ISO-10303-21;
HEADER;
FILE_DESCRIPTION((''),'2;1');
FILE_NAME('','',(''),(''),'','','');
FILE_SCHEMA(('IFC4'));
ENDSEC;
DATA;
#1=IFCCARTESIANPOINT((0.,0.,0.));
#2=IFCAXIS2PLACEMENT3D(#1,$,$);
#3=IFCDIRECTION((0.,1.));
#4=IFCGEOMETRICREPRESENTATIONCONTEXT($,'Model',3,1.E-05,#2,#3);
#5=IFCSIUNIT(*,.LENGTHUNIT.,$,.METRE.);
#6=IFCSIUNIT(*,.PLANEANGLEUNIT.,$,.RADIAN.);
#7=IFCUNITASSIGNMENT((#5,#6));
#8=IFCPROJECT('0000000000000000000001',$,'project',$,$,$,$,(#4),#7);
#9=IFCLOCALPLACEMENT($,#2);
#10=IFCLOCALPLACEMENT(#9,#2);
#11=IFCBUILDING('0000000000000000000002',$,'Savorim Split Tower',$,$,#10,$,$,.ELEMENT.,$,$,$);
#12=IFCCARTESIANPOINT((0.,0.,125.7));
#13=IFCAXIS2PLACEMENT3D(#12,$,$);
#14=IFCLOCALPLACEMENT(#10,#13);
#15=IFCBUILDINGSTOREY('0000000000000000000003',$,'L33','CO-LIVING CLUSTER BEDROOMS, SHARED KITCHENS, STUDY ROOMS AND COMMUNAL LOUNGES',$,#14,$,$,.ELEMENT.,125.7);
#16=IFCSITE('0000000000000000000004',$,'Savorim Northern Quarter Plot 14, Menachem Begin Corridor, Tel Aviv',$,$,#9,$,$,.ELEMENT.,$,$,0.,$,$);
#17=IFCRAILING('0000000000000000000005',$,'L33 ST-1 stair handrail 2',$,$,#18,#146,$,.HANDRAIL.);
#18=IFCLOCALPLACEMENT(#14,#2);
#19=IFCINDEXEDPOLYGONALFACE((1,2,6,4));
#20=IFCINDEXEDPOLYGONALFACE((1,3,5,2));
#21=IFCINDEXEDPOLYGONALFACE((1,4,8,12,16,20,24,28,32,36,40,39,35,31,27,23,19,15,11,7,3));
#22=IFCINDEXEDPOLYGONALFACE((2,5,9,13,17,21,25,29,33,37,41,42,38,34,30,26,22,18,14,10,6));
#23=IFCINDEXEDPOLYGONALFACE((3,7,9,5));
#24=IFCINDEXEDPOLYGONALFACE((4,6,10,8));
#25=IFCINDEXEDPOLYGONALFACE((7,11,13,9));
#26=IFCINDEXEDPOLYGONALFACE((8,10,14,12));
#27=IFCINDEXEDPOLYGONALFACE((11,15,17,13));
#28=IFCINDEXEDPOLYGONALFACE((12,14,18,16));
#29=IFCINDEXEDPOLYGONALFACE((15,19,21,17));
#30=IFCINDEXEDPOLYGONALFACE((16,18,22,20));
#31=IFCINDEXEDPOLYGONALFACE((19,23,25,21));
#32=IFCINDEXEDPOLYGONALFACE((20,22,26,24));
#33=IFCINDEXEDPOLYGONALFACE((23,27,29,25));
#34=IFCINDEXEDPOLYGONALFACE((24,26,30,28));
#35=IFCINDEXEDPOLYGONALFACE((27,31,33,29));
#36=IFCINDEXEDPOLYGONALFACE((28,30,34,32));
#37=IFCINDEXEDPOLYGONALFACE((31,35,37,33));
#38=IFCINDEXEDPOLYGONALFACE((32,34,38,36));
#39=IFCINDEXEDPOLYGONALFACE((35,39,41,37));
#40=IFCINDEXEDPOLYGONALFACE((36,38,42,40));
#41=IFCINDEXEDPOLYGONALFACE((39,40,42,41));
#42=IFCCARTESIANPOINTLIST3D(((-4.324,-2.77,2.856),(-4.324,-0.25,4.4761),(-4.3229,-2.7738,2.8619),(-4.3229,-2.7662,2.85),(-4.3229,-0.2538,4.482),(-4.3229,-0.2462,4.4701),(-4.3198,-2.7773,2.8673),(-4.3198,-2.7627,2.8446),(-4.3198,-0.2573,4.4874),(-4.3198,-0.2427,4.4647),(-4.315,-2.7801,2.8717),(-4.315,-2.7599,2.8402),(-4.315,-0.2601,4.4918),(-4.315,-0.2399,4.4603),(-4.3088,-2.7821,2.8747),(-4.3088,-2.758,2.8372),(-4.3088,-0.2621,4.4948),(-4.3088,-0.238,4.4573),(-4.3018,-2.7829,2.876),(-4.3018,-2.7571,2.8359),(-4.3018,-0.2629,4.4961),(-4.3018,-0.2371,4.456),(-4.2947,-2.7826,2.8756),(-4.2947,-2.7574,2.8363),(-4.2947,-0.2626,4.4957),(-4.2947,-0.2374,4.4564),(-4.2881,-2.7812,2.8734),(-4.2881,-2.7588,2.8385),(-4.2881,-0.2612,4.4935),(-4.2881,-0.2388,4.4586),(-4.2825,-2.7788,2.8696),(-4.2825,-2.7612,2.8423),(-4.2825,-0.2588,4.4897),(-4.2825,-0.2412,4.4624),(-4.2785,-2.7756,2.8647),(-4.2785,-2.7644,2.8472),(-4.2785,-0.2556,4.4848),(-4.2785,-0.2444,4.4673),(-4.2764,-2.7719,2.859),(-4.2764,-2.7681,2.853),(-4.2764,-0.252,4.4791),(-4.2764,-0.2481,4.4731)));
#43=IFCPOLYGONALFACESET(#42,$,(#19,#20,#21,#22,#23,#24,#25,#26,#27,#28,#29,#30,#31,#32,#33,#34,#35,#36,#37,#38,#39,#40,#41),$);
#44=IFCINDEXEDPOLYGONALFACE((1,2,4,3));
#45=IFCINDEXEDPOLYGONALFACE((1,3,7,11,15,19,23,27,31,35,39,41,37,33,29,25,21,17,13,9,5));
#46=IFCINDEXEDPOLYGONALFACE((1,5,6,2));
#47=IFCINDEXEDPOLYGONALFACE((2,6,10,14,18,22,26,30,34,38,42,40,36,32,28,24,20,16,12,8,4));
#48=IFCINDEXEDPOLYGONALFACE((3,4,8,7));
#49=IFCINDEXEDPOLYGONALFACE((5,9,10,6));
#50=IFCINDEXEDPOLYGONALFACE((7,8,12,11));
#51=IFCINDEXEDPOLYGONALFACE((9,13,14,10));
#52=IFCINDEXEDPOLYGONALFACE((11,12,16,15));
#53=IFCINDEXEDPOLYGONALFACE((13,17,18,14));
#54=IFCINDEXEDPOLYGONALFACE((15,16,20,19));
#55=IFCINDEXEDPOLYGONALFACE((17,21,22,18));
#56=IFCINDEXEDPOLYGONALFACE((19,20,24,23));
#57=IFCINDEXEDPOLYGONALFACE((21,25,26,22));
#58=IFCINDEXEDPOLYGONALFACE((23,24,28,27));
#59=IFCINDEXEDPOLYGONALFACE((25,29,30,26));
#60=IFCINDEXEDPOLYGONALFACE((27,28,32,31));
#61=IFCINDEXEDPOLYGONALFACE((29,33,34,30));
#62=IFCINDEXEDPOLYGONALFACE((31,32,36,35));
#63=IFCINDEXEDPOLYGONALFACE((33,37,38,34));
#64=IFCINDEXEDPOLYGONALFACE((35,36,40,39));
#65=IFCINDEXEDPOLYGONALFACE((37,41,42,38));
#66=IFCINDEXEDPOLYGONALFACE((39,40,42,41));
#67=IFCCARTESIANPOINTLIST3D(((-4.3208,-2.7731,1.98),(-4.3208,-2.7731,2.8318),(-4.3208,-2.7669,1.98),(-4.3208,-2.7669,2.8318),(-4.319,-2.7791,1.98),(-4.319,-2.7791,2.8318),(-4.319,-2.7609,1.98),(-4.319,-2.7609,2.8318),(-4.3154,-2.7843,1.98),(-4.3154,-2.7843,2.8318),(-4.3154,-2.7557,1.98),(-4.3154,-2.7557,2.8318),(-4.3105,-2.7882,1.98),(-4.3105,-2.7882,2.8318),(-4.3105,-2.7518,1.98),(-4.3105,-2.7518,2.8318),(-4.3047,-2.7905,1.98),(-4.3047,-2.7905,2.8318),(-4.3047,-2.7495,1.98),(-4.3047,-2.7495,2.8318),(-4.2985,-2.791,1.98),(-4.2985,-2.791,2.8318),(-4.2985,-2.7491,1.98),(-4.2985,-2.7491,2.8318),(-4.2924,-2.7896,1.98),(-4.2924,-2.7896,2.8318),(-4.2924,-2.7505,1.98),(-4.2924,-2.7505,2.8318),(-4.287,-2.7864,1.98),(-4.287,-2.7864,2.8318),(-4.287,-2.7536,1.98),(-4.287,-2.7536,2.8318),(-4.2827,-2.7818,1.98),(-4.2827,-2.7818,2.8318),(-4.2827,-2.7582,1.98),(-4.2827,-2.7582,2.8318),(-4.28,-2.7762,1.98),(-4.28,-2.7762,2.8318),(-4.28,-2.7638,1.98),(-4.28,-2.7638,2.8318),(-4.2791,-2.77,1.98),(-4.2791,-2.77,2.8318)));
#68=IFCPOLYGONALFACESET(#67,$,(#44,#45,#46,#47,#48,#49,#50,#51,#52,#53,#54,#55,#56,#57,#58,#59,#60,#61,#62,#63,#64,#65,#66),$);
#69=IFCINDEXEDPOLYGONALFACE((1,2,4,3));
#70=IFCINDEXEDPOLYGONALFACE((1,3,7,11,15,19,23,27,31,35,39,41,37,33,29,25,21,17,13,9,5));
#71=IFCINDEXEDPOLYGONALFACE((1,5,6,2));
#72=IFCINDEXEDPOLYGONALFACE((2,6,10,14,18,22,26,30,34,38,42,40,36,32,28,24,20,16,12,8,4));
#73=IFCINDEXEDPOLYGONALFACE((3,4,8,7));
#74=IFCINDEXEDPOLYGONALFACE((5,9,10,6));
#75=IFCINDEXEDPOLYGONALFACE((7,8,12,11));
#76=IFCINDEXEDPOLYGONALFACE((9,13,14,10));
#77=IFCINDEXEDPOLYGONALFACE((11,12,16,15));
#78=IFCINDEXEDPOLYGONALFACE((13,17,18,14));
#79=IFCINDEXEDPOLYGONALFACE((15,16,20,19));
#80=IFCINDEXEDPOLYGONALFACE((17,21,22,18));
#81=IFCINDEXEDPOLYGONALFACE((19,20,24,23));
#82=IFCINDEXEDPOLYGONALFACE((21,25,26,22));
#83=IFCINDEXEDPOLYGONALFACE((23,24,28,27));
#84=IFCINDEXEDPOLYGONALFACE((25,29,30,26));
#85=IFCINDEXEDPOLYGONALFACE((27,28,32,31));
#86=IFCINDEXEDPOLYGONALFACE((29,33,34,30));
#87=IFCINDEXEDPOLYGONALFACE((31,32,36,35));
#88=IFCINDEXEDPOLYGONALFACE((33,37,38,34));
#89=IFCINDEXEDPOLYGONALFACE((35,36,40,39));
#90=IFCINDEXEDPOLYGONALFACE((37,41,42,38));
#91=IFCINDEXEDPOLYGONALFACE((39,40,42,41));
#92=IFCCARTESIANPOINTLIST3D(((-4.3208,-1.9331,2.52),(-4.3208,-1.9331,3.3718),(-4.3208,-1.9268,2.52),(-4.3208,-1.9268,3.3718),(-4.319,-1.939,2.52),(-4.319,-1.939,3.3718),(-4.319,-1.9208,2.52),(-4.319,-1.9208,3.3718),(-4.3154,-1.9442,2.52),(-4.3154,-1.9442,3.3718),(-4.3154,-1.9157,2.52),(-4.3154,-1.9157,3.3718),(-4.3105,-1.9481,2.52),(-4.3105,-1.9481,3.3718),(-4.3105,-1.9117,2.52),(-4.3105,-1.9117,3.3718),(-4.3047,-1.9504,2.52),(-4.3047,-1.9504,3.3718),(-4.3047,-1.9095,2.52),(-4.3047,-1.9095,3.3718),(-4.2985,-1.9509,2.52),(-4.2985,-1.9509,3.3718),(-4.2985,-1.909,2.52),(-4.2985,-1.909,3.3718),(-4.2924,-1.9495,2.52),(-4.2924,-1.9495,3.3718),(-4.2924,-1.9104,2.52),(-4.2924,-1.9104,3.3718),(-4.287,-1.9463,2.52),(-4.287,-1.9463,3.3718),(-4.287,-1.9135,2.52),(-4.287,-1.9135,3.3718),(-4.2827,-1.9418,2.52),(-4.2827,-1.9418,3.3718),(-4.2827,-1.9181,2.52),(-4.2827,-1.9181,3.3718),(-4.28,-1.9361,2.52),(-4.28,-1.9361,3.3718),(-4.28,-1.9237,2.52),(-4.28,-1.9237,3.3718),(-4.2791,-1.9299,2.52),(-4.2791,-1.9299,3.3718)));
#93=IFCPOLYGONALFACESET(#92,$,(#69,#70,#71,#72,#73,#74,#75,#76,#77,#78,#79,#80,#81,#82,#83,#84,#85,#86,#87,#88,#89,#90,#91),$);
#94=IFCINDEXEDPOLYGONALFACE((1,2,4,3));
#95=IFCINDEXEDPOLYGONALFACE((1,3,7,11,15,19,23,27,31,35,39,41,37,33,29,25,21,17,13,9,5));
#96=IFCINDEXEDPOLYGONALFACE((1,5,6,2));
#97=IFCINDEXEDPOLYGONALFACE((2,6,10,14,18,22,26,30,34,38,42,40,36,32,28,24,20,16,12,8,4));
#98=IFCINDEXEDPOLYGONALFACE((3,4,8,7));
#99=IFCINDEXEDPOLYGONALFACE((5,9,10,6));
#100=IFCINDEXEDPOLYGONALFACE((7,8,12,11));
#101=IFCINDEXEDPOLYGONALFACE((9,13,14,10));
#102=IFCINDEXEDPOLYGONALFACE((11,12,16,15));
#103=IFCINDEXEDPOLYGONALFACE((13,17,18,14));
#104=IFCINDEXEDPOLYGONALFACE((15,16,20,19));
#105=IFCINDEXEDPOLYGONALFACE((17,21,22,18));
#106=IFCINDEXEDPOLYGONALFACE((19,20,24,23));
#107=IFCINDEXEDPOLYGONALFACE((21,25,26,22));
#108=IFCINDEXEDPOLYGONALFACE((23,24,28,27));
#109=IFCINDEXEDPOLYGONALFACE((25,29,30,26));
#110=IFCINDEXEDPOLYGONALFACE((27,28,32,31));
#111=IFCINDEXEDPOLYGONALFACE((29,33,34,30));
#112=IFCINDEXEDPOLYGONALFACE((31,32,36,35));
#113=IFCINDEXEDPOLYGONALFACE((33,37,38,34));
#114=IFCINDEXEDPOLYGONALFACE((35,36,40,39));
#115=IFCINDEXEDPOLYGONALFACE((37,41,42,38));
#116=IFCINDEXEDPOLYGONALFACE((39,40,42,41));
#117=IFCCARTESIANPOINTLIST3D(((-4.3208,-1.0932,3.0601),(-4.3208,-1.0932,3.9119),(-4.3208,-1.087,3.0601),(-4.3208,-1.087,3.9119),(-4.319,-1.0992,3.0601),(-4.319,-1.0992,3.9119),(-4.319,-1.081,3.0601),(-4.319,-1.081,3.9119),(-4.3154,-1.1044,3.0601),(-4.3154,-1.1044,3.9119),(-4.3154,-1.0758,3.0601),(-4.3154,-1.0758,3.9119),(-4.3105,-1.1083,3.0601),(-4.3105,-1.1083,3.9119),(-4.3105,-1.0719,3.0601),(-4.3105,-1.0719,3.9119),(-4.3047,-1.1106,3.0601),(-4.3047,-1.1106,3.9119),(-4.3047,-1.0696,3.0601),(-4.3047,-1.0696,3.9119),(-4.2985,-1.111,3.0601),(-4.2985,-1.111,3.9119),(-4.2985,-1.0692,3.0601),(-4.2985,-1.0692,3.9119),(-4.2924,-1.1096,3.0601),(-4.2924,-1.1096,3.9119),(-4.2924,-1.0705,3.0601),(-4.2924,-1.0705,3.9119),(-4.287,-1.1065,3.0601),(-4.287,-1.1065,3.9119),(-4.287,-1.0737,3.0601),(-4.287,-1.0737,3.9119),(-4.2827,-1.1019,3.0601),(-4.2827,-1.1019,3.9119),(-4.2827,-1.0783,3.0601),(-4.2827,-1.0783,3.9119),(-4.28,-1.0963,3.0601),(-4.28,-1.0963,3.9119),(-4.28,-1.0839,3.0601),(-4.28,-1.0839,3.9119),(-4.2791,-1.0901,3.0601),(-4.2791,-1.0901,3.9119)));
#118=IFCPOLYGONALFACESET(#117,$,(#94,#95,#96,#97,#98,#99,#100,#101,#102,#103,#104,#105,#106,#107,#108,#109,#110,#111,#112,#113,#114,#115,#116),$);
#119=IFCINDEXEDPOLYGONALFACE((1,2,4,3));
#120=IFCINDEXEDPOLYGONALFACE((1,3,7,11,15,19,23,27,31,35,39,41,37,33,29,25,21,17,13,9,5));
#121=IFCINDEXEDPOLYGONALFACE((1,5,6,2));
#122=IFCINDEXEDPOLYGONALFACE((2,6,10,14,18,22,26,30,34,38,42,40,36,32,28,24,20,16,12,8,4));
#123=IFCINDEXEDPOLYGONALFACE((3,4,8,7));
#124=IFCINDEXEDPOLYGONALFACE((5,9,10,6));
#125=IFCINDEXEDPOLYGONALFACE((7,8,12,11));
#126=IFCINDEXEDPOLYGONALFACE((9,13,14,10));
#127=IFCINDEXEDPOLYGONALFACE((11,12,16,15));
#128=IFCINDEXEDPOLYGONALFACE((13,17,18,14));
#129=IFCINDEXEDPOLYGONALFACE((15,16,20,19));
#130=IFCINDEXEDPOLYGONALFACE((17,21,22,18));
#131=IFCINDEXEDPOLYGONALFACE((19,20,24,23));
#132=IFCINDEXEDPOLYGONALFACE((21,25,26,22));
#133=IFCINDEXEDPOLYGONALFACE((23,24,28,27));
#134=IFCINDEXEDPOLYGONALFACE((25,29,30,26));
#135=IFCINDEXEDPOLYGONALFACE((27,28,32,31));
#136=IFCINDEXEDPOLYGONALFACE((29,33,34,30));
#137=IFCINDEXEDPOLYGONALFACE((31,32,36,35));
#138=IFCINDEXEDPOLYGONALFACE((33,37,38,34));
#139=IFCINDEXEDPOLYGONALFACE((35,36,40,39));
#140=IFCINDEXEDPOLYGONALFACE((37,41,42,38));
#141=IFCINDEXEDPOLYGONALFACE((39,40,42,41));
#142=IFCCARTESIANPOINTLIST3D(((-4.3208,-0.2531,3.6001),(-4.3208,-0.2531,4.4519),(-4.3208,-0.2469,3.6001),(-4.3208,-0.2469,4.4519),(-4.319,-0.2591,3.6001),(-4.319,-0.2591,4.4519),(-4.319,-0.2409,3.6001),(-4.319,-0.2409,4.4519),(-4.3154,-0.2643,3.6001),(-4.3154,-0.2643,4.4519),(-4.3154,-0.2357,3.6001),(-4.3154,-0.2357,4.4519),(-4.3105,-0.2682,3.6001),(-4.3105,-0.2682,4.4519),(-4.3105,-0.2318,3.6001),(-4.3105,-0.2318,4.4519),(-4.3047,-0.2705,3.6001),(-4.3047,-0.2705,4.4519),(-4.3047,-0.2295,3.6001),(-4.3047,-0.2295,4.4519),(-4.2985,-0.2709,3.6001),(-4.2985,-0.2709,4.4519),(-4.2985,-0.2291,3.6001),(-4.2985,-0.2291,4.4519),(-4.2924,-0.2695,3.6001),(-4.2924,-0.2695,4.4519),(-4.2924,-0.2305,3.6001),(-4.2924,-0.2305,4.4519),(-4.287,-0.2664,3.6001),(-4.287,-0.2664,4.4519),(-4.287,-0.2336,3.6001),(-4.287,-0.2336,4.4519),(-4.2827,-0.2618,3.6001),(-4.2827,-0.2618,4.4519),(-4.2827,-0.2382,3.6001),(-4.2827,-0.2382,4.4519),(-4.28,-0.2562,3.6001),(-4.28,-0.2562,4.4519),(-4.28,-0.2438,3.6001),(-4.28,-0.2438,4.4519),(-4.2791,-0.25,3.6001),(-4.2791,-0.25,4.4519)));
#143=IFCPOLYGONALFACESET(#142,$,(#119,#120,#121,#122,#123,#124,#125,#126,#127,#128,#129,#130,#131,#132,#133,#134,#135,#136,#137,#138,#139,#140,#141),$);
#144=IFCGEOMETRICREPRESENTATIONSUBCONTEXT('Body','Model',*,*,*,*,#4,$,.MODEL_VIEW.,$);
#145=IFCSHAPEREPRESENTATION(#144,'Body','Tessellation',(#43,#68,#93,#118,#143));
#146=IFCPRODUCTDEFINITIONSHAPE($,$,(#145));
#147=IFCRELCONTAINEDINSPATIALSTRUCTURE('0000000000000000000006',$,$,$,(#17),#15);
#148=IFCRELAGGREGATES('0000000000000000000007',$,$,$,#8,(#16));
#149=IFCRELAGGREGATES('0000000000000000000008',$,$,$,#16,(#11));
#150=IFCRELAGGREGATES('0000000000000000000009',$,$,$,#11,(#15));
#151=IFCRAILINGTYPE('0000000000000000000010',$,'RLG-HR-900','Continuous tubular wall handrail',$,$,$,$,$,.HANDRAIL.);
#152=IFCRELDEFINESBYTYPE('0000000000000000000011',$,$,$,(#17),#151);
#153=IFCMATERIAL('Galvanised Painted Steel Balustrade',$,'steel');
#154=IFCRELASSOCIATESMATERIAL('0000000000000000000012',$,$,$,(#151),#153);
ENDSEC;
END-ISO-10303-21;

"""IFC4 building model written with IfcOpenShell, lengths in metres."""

from ifc_helpers import new_model, si_unit, direction, frame, origin, origin_2d, place, context, subcontext, project, spatial, circle, extrude, material, type_object, element, save


model = new_model("IFC4")

# Units and contexts
model_context = context("Model", 3, precision=1e-05, world=origin(), true_north=direction((0.0, 1.0)))
body_context = subcontext(model_context, "Body", "Model", "MODEL_VIEW")
ifc_project = project(units=[si_unit("LENGTHUNIT", "METRE"), si_unit("PLANEANGLEUNIT", "RADIAN")], contexts=[model_context])

# Site, building, storey
site_placement = place(None, origin())
site = spatial("IfcSite", under=ifc_project, at=site_placement, Name="Savorim Northern Quarter Plot 14, Menachem Begin Corridor, Tel Aviv", CompositionType="ELEMENT", RefElevation=0.0)
building_placement = place(site_placement, origin())
building = spatial("IfcBuilding", under=site, at=building_placement, Name="Savorim Split Tower", CompositionType="ELEMENT")
storey_placement = place(building_placement, frame((0.0, 0.0, 125.7)))
storey = spatial("IfcBuildingStorey", under=building, at=storey_placement, Name="L33", Description="CO-LIVING CLUSTER BEDROOMS, SHARED KITCHENS, STUDY ROOMS AND COMMUNAL LOUNGES", CompositionType="ELEMENT", Elevation=125.7)

# Railing
ifc_material_1 = material(Name="Galvanised Painted Steel Balustrade", Category="steel")
railing_type_1 = type_object("IfcRailingType", Name="RLG-HR-900", Description="Continuous tubular wall handrail", PredefinedType="HANDRAIL", material=ifc_material_1)
railing_1_placement = place(storey_placement, frame((-4.3, -2.77, 1.98)))
element("IfcRailing", 1, at=railing_1_placement, inside=storey, type_object=railing_type_1, Name="L33 ST-1 stair handrail 2", PredefinedType="HANDRAIL", context=body_context, shape_type="SweptSolid", body=[
    extrude(circle(Radius=0.0239, at=origin_2d()), frame((0.0, 0.0, 0.876), z_axis=(0.0, 0.841163, 0.540782), x_axis=(-1.0, 0.0, 0.0)), (0.0, 0.0, 1.0), 2.9958),
    extrude(circle(Radius=0.021, at=origin_2d()), origin(), (0.0, 0.0, 1.0), 0.8518),
    extrude(circle(Radius=0.021, at=origin_2d()), frame((0.0, 0.8401, 0.54)), (0.0, 0.0, 1.0), 0.8518),
    extrude(circle(Radius=0.021, at=origin_2d()), frame((0.0, 1.6799, 1.0801)), (0.0, 0.0, 1.0), 0.8518),
    extrude(circle(Radius=0.021, at=origin_2d()), frame((0.0, 2.52, 1.6201)), (0.0, 0.0, 1.0), 0.8518),
])

save(model, "model.ifc")
